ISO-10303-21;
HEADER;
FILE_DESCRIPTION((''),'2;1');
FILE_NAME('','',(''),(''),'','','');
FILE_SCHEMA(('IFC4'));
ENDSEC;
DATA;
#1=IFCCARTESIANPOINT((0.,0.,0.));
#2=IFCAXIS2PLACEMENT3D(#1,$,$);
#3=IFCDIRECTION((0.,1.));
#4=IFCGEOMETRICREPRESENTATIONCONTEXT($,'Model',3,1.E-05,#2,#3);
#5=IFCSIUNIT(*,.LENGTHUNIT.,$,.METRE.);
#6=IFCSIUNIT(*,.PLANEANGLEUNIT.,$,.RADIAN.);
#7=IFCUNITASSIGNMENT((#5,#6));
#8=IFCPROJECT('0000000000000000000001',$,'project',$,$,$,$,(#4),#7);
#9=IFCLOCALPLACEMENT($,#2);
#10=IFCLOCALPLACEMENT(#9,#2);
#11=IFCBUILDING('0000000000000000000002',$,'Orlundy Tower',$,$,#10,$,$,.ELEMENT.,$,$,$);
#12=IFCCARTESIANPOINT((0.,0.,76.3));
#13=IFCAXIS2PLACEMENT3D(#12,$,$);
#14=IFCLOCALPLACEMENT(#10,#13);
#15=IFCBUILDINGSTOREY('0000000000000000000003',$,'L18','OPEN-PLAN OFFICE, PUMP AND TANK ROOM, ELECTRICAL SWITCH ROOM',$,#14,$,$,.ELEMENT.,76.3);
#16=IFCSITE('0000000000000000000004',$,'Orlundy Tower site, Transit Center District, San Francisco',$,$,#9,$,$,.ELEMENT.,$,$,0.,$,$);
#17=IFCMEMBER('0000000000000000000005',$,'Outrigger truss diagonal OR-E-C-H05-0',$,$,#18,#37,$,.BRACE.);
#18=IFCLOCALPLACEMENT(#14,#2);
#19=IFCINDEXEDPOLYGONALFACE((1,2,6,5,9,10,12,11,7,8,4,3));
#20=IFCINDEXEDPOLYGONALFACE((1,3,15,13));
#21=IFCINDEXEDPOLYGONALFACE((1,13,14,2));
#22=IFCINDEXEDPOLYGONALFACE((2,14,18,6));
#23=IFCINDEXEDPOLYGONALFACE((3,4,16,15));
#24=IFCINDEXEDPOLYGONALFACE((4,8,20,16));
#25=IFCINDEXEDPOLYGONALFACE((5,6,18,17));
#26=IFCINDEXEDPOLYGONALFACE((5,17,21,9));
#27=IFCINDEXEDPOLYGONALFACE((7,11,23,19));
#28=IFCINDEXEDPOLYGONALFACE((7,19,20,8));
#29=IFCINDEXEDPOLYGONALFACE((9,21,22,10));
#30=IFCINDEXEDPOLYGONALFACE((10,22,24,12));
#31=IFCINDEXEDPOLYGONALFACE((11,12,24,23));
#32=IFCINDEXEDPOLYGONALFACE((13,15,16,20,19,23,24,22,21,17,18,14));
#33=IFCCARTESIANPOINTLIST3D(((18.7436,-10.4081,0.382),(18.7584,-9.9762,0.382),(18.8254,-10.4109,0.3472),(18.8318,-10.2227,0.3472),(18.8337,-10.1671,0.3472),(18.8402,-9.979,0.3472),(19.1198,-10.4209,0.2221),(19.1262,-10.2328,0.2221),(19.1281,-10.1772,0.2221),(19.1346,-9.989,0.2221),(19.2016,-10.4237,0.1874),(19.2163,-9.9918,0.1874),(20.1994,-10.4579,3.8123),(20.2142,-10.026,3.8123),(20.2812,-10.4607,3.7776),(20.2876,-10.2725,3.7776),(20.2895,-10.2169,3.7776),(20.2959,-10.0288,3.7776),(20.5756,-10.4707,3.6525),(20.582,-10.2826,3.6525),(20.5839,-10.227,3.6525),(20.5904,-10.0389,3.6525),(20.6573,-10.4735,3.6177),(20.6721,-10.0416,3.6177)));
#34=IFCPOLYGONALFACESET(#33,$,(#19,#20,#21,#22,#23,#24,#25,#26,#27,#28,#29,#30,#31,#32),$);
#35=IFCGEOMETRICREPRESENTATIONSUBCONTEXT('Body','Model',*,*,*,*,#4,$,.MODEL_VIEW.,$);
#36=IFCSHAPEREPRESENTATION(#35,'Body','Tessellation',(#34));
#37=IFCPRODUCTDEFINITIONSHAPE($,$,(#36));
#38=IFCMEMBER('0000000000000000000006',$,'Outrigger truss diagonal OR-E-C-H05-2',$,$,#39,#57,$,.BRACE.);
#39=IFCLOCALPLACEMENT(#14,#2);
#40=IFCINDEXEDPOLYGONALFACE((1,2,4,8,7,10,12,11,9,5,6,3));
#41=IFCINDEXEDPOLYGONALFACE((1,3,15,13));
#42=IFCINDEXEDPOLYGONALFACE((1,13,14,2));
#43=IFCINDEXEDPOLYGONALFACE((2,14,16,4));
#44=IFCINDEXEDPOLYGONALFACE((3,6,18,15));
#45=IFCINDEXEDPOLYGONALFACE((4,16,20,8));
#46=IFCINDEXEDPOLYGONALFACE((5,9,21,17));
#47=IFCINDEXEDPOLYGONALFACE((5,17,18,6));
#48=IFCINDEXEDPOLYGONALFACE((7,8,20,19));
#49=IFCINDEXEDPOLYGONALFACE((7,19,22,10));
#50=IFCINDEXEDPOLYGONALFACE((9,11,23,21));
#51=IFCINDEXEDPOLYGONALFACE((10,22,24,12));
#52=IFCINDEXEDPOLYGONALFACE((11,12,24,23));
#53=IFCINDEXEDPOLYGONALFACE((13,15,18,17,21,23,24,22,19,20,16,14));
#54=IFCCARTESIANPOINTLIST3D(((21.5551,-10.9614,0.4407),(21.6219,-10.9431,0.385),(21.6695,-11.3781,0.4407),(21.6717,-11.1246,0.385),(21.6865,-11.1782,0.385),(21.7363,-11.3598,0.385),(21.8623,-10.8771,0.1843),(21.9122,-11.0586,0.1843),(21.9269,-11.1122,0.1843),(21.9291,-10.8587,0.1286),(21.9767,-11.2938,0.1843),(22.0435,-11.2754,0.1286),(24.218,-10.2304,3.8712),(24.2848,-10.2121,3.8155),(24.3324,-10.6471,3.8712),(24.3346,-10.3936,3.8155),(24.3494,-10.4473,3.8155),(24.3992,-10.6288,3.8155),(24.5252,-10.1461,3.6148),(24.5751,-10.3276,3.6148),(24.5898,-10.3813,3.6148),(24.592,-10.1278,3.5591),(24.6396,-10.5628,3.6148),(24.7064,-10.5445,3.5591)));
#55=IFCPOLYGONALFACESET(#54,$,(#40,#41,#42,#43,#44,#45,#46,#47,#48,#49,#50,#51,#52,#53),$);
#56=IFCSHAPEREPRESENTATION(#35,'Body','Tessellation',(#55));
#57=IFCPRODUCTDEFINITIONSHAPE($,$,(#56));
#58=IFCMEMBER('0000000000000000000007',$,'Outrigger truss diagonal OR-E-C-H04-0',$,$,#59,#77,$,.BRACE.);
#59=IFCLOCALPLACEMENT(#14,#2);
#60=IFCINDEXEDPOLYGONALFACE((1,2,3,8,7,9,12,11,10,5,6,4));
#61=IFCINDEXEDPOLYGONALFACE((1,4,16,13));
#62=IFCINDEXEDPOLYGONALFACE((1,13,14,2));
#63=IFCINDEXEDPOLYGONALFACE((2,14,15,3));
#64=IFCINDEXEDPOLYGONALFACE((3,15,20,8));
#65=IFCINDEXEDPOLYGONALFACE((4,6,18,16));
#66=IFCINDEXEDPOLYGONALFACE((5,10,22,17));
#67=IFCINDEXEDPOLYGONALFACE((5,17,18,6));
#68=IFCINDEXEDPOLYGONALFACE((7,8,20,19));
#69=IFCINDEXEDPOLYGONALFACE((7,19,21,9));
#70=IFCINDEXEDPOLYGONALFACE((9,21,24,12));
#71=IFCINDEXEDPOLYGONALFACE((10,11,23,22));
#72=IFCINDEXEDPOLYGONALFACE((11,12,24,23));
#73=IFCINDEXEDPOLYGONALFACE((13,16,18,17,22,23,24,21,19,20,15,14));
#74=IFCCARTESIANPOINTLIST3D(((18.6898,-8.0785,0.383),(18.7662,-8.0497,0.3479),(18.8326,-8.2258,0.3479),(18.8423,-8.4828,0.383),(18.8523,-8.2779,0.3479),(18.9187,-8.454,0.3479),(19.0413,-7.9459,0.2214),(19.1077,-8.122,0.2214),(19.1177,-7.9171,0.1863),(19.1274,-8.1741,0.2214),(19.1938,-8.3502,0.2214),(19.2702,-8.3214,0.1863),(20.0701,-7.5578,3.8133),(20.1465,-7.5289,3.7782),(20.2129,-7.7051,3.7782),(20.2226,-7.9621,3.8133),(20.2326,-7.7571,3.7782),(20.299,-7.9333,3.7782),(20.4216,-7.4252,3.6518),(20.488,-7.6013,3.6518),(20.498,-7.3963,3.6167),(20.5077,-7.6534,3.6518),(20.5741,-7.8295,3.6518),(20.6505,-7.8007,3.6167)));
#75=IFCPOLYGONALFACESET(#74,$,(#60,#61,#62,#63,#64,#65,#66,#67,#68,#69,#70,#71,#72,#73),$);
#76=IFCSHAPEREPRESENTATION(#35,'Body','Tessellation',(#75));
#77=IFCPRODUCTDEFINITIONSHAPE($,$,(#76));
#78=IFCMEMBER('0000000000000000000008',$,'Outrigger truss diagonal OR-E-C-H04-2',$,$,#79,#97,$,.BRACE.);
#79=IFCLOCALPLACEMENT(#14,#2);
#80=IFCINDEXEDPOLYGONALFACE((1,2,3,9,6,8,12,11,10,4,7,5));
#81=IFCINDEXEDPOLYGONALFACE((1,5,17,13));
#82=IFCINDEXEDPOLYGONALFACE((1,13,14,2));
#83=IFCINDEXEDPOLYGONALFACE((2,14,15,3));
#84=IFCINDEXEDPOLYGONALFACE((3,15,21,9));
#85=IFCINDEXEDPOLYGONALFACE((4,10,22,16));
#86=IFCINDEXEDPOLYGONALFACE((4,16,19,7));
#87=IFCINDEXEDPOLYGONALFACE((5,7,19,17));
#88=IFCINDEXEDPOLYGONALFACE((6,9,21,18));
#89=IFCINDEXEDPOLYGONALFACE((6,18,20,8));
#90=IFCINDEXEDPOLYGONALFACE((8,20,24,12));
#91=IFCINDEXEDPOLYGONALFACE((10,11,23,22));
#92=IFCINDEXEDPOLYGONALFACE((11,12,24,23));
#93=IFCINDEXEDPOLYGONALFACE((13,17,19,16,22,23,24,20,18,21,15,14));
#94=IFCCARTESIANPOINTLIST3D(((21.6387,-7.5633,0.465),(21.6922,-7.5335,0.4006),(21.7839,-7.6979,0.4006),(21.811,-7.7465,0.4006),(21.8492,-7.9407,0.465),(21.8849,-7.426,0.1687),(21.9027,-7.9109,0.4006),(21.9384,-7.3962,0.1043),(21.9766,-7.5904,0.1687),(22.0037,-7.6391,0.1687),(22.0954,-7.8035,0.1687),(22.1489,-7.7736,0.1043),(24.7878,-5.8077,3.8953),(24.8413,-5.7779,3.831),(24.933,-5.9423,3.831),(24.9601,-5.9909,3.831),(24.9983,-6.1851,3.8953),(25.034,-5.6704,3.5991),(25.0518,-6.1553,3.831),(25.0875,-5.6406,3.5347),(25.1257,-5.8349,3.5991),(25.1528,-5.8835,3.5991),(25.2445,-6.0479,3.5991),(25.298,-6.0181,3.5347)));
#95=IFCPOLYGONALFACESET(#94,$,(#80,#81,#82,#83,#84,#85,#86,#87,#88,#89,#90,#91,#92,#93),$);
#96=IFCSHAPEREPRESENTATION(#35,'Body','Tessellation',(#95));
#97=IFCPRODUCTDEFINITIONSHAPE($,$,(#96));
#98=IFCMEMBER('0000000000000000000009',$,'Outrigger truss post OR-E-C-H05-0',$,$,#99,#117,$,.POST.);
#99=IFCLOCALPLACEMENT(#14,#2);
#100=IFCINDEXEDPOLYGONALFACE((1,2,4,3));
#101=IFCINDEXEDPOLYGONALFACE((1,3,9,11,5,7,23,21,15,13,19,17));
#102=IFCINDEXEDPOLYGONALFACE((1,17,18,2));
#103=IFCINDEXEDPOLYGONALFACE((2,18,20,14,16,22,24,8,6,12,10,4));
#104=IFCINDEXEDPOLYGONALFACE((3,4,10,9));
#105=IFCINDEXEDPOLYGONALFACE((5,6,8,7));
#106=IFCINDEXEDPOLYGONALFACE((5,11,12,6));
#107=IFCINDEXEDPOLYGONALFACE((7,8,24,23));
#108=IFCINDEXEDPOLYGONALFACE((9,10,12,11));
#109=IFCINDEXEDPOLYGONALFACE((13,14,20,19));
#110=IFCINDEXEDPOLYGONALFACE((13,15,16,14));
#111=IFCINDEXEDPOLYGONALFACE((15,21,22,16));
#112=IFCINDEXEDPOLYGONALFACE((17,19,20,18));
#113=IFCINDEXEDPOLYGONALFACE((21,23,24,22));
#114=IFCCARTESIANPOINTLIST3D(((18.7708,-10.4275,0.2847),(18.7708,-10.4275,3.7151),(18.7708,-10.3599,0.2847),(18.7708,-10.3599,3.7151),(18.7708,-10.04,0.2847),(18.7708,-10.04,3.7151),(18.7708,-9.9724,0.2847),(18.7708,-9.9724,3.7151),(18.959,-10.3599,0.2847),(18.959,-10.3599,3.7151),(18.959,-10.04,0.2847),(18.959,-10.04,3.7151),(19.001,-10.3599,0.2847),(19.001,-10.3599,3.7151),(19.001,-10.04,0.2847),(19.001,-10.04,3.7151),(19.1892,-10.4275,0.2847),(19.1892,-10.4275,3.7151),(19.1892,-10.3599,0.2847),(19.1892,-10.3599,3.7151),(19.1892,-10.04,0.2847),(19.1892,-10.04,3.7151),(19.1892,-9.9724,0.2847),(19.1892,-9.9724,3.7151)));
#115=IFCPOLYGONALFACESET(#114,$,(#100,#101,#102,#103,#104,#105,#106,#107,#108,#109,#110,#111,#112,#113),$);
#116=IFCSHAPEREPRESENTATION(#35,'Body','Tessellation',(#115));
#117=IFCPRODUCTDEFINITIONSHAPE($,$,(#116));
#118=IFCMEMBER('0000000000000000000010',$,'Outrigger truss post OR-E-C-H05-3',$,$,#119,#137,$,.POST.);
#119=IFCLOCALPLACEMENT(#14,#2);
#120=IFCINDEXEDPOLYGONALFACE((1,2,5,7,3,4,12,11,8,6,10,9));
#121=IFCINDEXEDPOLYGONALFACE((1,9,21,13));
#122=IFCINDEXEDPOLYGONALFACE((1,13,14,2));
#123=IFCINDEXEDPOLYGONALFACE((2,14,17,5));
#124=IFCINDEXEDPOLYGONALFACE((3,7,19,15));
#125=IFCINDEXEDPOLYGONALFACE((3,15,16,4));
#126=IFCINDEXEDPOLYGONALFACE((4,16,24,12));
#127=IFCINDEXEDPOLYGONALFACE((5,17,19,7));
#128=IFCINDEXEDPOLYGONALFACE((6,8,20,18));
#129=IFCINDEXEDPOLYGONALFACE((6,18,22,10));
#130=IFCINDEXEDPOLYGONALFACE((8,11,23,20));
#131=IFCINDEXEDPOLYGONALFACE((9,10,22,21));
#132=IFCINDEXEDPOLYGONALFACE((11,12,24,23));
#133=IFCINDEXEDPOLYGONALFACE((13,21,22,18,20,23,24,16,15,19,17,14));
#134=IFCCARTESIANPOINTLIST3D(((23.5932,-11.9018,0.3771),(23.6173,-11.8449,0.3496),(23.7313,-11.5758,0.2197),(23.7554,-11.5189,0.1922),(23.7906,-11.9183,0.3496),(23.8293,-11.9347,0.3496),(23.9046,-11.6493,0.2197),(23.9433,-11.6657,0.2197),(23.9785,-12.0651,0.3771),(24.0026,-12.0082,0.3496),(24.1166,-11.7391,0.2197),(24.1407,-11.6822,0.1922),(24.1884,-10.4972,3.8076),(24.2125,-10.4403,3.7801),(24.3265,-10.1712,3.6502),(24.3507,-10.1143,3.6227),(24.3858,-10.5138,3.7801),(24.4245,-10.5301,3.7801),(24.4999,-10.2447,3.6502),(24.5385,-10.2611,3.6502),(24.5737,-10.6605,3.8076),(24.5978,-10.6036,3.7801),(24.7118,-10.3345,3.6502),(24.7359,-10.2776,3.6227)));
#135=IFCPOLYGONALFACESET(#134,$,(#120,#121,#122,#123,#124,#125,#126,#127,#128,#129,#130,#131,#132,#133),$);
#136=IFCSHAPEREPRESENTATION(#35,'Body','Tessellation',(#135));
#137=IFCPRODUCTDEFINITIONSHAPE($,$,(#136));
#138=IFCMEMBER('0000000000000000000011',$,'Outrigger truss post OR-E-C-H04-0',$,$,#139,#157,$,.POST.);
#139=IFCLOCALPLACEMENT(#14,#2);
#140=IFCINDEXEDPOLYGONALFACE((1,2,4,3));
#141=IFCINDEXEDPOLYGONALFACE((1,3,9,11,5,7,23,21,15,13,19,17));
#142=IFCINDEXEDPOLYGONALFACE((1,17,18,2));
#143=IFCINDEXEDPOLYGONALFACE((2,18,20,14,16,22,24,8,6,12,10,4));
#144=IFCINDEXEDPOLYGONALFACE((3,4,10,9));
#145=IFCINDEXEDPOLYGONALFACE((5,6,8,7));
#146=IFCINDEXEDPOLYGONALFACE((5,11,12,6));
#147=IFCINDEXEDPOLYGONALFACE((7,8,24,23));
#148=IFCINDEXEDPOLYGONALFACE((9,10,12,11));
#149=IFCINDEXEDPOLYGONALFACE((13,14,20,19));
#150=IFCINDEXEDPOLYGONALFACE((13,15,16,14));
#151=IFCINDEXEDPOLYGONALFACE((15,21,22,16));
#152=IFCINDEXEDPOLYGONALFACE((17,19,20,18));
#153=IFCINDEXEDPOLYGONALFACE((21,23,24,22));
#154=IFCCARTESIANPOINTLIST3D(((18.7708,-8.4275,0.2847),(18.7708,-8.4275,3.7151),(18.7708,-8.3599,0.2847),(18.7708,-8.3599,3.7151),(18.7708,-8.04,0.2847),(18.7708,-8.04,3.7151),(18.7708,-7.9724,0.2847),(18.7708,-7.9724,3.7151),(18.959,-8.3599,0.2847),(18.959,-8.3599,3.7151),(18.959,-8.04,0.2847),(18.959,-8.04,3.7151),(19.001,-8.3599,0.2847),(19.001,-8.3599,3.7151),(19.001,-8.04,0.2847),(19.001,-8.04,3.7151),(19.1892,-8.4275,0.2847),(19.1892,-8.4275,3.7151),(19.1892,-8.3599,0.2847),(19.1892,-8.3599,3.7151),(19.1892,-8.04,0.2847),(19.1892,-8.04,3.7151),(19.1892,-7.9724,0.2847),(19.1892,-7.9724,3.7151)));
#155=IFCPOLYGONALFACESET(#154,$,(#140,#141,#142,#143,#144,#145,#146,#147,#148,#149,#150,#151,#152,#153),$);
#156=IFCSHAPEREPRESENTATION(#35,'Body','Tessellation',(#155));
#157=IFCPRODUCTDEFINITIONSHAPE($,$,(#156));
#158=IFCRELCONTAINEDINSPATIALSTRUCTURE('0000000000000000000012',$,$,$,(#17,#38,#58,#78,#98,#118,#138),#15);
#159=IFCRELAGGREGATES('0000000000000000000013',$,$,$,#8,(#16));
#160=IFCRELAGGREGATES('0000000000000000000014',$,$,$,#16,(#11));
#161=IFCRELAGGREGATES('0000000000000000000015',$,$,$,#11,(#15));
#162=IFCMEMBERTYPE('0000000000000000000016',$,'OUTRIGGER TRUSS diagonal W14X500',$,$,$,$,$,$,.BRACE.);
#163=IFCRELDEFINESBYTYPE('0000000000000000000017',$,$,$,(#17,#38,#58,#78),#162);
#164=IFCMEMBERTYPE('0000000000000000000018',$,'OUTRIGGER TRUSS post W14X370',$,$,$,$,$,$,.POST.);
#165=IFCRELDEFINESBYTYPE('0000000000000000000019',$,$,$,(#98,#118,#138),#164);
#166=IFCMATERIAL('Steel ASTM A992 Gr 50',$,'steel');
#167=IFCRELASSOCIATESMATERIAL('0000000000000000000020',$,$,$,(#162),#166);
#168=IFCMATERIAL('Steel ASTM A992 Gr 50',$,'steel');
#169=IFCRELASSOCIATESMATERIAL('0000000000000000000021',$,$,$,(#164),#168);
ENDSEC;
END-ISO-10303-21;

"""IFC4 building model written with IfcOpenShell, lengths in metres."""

from ifc_helpers import new_model, si_unit, direction, frame, origin, origin_2d, place, context, subcontext, project, spatial, i_section, extrude, material, material_profile, profile_set, type_object, element, save


model = new_model("IFC4")

# Units and contexts
model_context = context("Model", 3, precision=1e-05, world=origin(), true_north=direction((0.0, 1.0)))
body_context = subcontext(model_context, "Body", "Model", "MODEL_VIEW")
ifc_project = project(units=[si_unit("LENGTHUNIT", "METRE"), si_unit("PLANEANGLEUNIT", "RADIAN")], contexts=[model_context])

# Site, building, storey
site_placement = place(None, origin())
site = spatial("IfcSite", under=ifc_project, at=site_placement, Name="Orlundy Tower site, Transit Center District, San Francisco", CompositionType="ELEMENT", RefElevation=0.0)
building_placement = place(site_placement, origin())
building = spatial("IfcBuilding", under=site, at=building_placement, Name="Orlundy Tower", CompositionType="ELEMENT")
storey_placement = place(building_placement, frame((0.0, 0.0, 76.3)))
storey = spatial("IfcBuildingStorey", under=building, at=storey_placement, Name="L18", Description="OPEN-PLAN OFFICE, PUMP AND TANK ROOM, ELECTRICAL SWITCH ROOM", CompositionType="ELEMENT", Elevation=76.3)

# Members
ifc_material_1 = material(Name="Steel ASTM A992 Gr 50", Category="steel")
ifc_material_profile_1 = material_profile(ifc_material_1, i_section(OverallWidth=0.4321, OverallDepth=0.4978, WebThickness=0.0557, FlangeThickness=0.0889, at=origin_2d()), Name="W14X500")
ifc_profile_set_1 = profile_set([ifc_material_profile_1], Name="Steel ASTM A992 Gr 50")
member_type_1 = type_object("IfcMemberType", Name="OUTRIGGER TRUSS diagonal W14X500", PredefinedType="BRACE", material=ifc_profile_set_1)
member_1_placement = place(storey_placement, frame((18.98, -10.2, 0.2847), z_axis=(0.390624, -0.013364, 0.920453), x_axis=(0.034191, 0.999415, 0.0)))
element("IfcMember", 1, at=member_1_placement, inside=storey, type_object=member_type_1, Name="Outrigger truss diagonal OR-E-C-H05-0", PredefinedType="BRACE", context=body_context, shape_type="SweptSolid", body=[
    extrude(i_section(OverallWidth=0.4321, OverallDepth=0.4978, WebThickness=0.0557, FlangeThickness=0.0889, at=origin_2d()), origin(), (0.0, 0.0, 1.0), 3.7268),
])
member_2_placement = place(storey_placement, frame((21.7993, -11.1184, 0.2847), z_axis=(0.604679, 0.165986, 0.778981), x_axis=(-0.264711, 0.964328, 0.0)))
element("IfcMember", 2, at=member_2_placement, inside=storey, type_object=member_type_1, Name="Outrigger truss diagonal OR-E-C-H05-2", PredefinedType="BRACE", context=body_context, shape_type="SweptSolid", body=[
    extrude(i_section(OverallWidth=0.4321, OverallDepth=0.4978, WebThickness=0.0557, FlangeThickness=0.0889, at=origin_2d()), origin(), (0.0, 0.0, 1.0), 4.4038),
])
member_3_placement = place(storey_placement, frame((18.98, -8.2, 0.2847), z_axis=(0.369655, 0.139454, 0.918645), x_axis=(-0.352973, 0.935634, 0.0)))
element("IfcMember", 3, at=member_3_placement, inside=storey, type_object=member_type_1, Name="Outrigger truss diagonal OR-E-C-H04-0", PredefinedType="BRACE", context=body_context, shape_type="SweptSolid", body=[
    extrude(i_section(OverallWidth=0.4321, OverallDepth=0.4978, WebThickness=0.0557, FlangeThickness=0.0889, at=origin_2d()), origin(), (0.0, 0.0, 1.0), 3.7341),
])
member_4_placement = place(storey_placement, frame((21.8938, -7.6685, 0.2847), z_axis=(0.632787, 0.352769, 0.6893), x_axis=(-0.48693, 0.873441, 0.0)))
element("IfcMember", 4, at=member_4_placement, inside=storey, type_object=member_type_1, Name="Outrigger truss diagonal OR-E-C-H04-2", PredefinedType="BRACE", context=body_context, shape_type="SweptSolid", body=[
    extrude(i_section(OverallWidth=0.4321, OverallDepth=0.4978, WebThickness=0.0557, FlangeThickness=0.0889, at=origin_2d()), origin(), (0.0, 0.0, 1.0), 4.9766),
])
ifc_material_2 = material(Name="Steel ASTM A992 Gr 50", Category="steel")
ifc_material_profile_2 = material_profile(ifc_material_2, i_section(OverallWidth=0.4185, OverallDepth=0.4551, WebThickness=0.042, FlangeThickness=0.0676, at=origin_2d()), Name="W14X370")
ifc_profile_set_2 = profile_set([ifc_material_profile_2], Name="Steel ASTM A992 Gr 50")
member_type_2 = type_object("IfcMemberType", Name="OUTRIGGER TRUSS post W14X370", PredefinedType="POST", material=ifc_profile_set_2)
member_5_placement = place(storey_placement, frame((18.98, -10.2, 0.2847), z_axis=(0.0, 0.0, 1.0), x_axis=(1.0, 0.0, 0.0)))
element("IfcMember", 5, at=member_5_placement, inside=storey, type_object=member_type_2, Name="Outrigger truss post OR-E-C-H05-0", PredefinedType="POST", context=body_context, shape_type="SweptSolid", body=[
    extrude(i_section(OverallWidth=0.4185, OverallDepth=0.4551, WebThickness=0.042, FlangeThickness=0.0676, at=origin_2d()), origin(), (0.0, 0.0, 1.0), 3.4304),
])
member_6_placement = place(storey_placement, frame((23.8669, -11.792, 0.2847), z_axis=(0.158542, 0.374115, 0.91373), x_axis=(-0.920735, 0.390188, 0.0)))
element("IfcMember", 6, at=member_6_placement, inside=storey, type_object=member_type_2, Name="Outrigger truss post OR-E-C-H05-3", PredefinedType="POST", context=body_context, shape_type="SweptSolid", body=[
    extrude(i_section(OverallWidth=0.4185, OverallDepth=0.4551, WebThickness=0.042, FlangeThickness=0.0676, at=origin_2d()), origin(), (0.0, 0.0, 1.0), 3.7544),
])
member_7_placement = place(storey_placement, frame((18.98, -8.2, 0.2847), z_axis=(0.0, 0.0, 1.0), x_axis=(1.0, 0.0, 0.0)))
element("IfcMember", 7, at=member_7_placement, inside=storey, type_object=member_type_2, Name="Outrigger truss post OR-E-C-H04-0", PredefinedType="POST", context=body_context, shape_type="SweptSolid", body=[
    extrude(i_section(OverallWidth=0.4185, OverallDepth=0.4551, WebThickness=0.042, FlangeThickness=0.0676, at=origin_2d()), origin(), (0.0, 0.0, 1.0), 3.4304),
])

save(model, "model.ifc")
